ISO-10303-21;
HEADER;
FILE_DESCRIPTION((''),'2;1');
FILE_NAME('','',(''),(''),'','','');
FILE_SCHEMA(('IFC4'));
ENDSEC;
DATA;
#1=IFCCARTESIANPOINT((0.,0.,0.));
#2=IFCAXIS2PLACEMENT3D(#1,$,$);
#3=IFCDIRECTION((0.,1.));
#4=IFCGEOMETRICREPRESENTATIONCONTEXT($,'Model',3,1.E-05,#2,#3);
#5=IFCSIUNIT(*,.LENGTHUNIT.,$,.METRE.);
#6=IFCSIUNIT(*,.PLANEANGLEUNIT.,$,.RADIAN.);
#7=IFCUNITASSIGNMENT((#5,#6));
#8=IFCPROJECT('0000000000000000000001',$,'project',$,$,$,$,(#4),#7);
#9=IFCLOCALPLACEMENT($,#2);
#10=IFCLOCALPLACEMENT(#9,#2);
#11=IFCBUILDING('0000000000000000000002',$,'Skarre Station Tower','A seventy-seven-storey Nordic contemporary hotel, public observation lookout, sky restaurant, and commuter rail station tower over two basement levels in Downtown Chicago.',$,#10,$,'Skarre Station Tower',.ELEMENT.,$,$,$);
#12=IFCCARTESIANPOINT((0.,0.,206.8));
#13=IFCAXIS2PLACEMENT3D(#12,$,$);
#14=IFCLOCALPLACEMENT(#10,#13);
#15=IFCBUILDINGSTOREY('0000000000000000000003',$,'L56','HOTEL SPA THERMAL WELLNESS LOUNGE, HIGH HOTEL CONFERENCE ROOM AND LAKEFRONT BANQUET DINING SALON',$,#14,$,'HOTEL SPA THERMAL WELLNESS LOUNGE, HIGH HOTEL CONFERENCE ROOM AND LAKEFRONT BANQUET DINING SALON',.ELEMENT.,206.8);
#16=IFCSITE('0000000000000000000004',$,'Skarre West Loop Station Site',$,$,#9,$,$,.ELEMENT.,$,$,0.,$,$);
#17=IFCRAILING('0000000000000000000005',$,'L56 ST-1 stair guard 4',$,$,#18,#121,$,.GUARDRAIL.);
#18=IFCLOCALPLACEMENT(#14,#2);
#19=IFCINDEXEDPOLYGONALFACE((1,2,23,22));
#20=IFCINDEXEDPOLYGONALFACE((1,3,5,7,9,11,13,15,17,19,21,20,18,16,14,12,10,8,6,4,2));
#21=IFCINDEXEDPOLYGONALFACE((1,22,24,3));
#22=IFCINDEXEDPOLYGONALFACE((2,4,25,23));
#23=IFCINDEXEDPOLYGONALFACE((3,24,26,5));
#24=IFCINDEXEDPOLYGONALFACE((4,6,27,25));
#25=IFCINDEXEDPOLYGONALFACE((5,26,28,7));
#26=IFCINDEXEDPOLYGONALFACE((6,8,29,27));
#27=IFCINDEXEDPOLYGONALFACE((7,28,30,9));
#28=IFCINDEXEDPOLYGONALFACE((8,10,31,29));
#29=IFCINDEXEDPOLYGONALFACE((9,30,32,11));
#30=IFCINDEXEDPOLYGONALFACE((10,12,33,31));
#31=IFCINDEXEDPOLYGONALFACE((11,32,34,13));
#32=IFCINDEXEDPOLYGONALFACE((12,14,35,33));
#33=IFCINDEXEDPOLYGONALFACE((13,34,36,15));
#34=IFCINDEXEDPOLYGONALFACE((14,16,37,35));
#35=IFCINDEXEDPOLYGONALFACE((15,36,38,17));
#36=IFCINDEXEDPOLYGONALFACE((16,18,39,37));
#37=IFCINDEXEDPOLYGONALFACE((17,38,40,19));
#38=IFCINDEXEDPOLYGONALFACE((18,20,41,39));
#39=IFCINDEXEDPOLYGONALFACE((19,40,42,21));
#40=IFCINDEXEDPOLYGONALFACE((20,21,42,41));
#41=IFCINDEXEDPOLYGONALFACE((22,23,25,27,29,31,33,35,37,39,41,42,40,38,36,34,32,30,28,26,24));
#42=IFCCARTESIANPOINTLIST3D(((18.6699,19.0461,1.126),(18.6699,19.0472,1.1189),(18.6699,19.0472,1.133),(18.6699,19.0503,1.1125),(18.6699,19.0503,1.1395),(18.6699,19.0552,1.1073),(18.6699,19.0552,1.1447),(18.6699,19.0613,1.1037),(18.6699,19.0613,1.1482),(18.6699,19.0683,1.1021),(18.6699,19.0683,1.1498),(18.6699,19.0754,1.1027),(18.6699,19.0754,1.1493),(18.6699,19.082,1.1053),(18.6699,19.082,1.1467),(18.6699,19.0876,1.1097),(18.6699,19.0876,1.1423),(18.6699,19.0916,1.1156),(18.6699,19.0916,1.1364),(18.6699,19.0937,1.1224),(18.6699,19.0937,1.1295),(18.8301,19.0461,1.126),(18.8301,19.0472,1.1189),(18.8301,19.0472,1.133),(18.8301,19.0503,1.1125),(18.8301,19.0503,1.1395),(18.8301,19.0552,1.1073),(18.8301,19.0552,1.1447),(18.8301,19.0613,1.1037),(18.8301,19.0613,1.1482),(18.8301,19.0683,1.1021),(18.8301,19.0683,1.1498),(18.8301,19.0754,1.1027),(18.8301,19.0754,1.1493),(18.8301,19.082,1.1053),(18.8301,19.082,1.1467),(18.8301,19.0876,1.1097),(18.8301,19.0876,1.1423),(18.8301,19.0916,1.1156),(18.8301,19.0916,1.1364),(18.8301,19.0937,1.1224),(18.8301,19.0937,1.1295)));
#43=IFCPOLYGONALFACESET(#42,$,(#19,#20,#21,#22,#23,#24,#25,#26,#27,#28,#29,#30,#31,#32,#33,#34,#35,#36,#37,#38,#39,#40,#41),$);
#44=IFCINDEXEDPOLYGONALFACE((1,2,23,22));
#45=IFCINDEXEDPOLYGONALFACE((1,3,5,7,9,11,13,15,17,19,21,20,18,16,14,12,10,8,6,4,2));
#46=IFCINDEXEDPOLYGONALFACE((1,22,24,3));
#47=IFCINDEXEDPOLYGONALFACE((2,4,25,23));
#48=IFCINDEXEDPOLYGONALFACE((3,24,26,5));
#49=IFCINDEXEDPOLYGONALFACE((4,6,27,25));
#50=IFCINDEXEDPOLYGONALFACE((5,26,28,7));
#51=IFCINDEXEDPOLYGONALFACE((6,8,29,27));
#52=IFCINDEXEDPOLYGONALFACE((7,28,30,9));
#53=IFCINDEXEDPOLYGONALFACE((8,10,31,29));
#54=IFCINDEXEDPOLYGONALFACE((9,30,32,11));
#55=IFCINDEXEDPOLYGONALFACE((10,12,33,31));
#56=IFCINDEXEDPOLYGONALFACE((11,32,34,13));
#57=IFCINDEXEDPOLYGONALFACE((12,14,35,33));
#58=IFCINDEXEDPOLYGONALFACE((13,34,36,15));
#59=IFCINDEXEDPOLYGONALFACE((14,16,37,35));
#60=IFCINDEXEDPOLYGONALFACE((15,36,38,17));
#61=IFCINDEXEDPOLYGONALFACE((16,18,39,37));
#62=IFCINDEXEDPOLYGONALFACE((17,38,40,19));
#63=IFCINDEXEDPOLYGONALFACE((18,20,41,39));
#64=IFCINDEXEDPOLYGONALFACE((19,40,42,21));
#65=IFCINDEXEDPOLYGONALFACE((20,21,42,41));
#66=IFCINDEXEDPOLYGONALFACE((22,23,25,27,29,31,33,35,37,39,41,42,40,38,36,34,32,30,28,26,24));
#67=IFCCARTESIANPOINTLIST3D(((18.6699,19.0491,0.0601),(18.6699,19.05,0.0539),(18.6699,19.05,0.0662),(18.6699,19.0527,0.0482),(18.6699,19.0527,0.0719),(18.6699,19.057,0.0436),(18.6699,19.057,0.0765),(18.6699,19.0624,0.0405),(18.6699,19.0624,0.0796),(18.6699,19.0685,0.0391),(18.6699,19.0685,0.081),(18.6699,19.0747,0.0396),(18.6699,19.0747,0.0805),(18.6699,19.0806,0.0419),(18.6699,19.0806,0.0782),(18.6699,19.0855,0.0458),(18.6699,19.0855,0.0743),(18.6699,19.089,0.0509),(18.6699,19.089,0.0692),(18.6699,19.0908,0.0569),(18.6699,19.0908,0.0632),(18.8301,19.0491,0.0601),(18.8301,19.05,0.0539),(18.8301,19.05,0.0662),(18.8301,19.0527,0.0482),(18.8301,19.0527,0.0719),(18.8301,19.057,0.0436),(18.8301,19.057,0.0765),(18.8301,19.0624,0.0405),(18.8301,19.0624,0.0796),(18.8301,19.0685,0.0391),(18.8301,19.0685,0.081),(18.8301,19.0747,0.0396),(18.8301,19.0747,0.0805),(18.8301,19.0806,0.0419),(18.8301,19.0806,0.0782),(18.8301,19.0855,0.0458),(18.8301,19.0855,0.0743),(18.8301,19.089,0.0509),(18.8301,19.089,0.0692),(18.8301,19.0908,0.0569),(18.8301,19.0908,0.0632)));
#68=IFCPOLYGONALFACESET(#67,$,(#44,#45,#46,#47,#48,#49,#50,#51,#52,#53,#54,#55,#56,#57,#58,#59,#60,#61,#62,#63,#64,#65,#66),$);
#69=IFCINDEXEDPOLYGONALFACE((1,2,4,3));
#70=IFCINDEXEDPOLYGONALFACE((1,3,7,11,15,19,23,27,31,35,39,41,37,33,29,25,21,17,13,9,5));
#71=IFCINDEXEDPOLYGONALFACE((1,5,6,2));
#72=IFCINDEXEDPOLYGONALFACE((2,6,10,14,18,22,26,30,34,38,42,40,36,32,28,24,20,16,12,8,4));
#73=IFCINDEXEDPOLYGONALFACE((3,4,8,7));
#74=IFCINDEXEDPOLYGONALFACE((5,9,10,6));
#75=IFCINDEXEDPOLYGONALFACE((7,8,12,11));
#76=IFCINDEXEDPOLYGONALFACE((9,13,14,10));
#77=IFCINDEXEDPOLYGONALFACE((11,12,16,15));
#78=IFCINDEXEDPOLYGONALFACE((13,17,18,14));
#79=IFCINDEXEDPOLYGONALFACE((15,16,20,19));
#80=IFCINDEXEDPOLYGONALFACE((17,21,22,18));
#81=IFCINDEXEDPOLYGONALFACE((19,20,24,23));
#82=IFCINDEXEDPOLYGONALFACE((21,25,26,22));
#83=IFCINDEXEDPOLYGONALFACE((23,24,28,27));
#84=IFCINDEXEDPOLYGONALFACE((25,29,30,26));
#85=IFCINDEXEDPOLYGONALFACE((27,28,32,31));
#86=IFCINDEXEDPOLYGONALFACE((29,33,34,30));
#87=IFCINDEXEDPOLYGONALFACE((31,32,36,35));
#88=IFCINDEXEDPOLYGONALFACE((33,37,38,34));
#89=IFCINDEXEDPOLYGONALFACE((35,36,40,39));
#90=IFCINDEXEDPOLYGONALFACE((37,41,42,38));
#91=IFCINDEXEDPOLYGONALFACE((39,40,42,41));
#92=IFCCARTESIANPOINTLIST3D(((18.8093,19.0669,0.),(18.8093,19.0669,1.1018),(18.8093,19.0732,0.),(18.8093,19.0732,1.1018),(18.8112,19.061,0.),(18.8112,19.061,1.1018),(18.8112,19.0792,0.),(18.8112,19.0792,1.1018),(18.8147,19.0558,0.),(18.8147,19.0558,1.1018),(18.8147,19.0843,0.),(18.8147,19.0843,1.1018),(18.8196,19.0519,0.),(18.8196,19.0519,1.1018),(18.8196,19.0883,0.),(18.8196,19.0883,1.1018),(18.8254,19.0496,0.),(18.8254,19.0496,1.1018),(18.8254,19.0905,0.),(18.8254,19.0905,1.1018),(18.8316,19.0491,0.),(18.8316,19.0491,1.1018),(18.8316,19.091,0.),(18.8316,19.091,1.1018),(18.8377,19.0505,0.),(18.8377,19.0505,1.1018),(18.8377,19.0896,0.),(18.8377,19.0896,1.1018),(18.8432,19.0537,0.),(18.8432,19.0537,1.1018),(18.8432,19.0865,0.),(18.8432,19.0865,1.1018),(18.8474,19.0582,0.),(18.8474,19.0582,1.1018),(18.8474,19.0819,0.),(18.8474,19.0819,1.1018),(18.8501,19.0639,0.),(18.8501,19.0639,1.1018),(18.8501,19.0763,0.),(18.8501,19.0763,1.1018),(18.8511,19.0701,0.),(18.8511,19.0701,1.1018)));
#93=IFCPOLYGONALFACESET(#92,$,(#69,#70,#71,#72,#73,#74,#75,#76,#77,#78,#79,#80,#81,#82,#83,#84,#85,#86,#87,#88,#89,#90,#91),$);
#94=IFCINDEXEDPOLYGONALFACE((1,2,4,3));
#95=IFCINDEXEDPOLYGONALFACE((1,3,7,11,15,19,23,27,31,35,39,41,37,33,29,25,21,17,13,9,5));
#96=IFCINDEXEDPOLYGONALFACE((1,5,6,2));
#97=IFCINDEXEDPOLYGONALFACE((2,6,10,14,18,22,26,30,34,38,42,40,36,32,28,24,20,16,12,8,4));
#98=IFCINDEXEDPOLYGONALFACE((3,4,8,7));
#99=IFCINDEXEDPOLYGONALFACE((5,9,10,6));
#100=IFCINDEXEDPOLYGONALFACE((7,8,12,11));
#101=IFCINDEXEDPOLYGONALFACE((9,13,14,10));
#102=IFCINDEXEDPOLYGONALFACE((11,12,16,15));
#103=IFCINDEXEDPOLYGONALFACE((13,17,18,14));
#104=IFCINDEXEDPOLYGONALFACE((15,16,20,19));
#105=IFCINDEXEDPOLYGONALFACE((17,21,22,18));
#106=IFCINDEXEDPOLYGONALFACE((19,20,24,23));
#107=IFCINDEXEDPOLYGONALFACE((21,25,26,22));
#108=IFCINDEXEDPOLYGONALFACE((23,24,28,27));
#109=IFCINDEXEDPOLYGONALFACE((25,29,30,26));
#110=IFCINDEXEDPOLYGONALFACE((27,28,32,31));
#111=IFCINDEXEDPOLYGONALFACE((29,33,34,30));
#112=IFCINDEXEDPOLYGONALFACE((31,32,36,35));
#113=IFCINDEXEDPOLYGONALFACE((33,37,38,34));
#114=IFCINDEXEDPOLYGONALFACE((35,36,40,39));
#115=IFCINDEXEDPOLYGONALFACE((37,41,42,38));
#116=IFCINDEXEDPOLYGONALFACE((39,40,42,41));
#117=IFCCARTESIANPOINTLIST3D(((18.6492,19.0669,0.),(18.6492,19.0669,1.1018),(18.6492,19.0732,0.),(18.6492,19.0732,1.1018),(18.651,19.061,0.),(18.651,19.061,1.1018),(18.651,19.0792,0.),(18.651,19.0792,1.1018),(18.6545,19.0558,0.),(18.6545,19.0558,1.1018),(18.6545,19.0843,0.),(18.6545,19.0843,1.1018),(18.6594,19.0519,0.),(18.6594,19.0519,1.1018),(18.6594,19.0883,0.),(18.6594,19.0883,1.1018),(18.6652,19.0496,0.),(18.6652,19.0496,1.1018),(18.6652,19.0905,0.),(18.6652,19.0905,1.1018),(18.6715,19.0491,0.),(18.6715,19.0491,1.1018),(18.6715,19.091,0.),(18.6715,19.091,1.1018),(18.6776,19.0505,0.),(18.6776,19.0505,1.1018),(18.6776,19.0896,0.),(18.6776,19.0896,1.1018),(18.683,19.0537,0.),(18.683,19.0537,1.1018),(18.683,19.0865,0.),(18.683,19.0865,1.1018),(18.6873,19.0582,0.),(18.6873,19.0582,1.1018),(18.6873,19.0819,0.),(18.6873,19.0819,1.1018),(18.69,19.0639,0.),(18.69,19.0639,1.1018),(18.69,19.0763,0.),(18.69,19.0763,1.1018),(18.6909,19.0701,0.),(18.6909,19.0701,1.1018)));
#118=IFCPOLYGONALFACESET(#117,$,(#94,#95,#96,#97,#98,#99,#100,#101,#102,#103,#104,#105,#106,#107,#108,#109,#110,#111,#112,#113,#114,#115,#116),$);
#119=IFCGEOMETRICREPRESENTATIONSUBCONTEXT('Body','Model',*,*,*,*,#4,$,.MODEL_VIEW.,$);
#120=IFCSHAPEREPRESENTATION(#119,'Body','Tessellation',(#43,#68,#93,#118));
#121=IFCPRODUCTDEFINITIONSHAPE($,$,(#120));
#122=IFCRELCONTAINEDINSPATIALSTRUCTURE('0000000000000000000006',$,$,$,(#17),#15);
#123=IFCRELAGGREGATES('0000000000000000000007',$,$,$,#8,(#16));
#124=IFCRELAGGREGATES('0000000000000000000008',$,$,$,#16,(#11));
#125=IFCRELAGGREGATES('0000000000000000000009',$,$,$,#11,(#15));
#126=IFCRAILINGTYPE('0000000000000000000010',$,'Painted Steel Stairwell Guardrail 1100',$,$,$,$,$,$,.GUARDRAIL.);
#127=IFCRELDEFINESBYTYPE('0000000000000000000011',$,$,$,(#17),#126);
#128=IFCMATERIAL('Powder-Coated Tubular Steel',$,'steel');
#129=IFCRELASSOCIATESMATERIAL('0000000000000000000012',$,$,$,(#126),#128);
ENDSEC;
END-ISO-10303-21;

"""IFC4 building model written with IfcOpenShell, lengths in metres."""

from ifc_helpers import new_model, si_unit, direction, frame, origin, origin_2d, place, context, subcontext, project, spatial, circle, extrude, material, type_object, element, save


model = new_model("IFC4")

# Units and contexts
model_context = context("Model", 3, precision=1e-05, world=origin(), true_north=direction((0.0, 1.0)))
body_context = subcontext(model_context, "Body", "Model", "MODEL_VIEW")
ifc_project = project(units=[si_unit("LENGTHUNIT", "METRE"), si_unit("PLANEANGLEUNIT", "RADIAN")], contexts=[model_context])

# Site, building, storey
site_placement = place(None, origin())
site = spatial("IfcSite", under=ifc_project, at=site_placement, Name="Skarre West Loop Station Site", CompositionType="ELEMENT", RefElevation=0.0)
building_placement = place(site_placement, origin())
building = spatial("IfcBuilding", under=site, at=building_placement, Name="Skarre Station Tower", Description="A seventy-seven-storey Nordic contemporary hotel, public observation lookout, sky restaurant, and commuter rail station tower over two basement levels in Downtown Chicago.", LongName="Skarre Station Tower", CompositionType="ELEMENT")
storey_placement = place(building_placement, frame((0.0, 0.0, 206.8)))
storey = spatial("IfcBuildingStorey", under=building, at=storey_placement, Name="L56", Description="HOTEL SPA THERMAL WELLNESS LOUNGE, HIGH HOTEL CONFERENCE ROOM AND LAKEFRONT BANQUET DINING SALON", LongName="HOTEL SPA THERMAL WELLNESS LOUNGE, HIGH HOTEL CONFERENCE ROOM AND LAKEFRONT BANQUET DINING SALON", CompositionType="ELEMENT", Elevation=206.8)

# Railing
ifc_material_1 = material(Name="Powder-Coated Tubular Steel", Category="steel")
railing_type_1 = type_object("IfcRailingType", Name="Painted Steel Stairwell Guardrail 1100", PredefinedType="GUARDRAIL", material=ifc_material_1)
railing_1_placement = place(storey_placement, frame((18.8301, 19.0701, 0.0)))
element("IfcRailing", 1, at=railing_1_placement, inside=storey, type_object=railing_type_1, Name="L56 ST-1 stair guard 4", PredefinedType="GUARDRAIL", context=body_context, shape_type="SweptSolid", body=[
    extrude(circle(Radius=0.0239, at=origin_2d()), frame((0.0, 0.0, 1.126), z_axis=(-1.0, 0.0, 0.0), x_axis=(0.0, -1.0, 0.0)), (0.0, 0.0, 1.0), 0.1602),
    extrude(circle(Radius=0.021, at=origin_2d()), frame((0.0, 0.0, 0.0601), z_axis=(-1.0, 0.0, 0.0), x_axis=(0.0, -1.0, 0.0)), (0.0, 0.0, 1.0), 0.1602),
    extrude(circle(Radius=0.021, at=origin_2d()), origin(), (0.0, 0.0, 1.0), 1.1018),
    extrude(circle(Radius=0.021, at=origin_2d()), frame((-0.1602, 0.0, 0.0)), (0.0, 0.0, 1.0), 1.1018),
])

save(model, "model.ifc")
